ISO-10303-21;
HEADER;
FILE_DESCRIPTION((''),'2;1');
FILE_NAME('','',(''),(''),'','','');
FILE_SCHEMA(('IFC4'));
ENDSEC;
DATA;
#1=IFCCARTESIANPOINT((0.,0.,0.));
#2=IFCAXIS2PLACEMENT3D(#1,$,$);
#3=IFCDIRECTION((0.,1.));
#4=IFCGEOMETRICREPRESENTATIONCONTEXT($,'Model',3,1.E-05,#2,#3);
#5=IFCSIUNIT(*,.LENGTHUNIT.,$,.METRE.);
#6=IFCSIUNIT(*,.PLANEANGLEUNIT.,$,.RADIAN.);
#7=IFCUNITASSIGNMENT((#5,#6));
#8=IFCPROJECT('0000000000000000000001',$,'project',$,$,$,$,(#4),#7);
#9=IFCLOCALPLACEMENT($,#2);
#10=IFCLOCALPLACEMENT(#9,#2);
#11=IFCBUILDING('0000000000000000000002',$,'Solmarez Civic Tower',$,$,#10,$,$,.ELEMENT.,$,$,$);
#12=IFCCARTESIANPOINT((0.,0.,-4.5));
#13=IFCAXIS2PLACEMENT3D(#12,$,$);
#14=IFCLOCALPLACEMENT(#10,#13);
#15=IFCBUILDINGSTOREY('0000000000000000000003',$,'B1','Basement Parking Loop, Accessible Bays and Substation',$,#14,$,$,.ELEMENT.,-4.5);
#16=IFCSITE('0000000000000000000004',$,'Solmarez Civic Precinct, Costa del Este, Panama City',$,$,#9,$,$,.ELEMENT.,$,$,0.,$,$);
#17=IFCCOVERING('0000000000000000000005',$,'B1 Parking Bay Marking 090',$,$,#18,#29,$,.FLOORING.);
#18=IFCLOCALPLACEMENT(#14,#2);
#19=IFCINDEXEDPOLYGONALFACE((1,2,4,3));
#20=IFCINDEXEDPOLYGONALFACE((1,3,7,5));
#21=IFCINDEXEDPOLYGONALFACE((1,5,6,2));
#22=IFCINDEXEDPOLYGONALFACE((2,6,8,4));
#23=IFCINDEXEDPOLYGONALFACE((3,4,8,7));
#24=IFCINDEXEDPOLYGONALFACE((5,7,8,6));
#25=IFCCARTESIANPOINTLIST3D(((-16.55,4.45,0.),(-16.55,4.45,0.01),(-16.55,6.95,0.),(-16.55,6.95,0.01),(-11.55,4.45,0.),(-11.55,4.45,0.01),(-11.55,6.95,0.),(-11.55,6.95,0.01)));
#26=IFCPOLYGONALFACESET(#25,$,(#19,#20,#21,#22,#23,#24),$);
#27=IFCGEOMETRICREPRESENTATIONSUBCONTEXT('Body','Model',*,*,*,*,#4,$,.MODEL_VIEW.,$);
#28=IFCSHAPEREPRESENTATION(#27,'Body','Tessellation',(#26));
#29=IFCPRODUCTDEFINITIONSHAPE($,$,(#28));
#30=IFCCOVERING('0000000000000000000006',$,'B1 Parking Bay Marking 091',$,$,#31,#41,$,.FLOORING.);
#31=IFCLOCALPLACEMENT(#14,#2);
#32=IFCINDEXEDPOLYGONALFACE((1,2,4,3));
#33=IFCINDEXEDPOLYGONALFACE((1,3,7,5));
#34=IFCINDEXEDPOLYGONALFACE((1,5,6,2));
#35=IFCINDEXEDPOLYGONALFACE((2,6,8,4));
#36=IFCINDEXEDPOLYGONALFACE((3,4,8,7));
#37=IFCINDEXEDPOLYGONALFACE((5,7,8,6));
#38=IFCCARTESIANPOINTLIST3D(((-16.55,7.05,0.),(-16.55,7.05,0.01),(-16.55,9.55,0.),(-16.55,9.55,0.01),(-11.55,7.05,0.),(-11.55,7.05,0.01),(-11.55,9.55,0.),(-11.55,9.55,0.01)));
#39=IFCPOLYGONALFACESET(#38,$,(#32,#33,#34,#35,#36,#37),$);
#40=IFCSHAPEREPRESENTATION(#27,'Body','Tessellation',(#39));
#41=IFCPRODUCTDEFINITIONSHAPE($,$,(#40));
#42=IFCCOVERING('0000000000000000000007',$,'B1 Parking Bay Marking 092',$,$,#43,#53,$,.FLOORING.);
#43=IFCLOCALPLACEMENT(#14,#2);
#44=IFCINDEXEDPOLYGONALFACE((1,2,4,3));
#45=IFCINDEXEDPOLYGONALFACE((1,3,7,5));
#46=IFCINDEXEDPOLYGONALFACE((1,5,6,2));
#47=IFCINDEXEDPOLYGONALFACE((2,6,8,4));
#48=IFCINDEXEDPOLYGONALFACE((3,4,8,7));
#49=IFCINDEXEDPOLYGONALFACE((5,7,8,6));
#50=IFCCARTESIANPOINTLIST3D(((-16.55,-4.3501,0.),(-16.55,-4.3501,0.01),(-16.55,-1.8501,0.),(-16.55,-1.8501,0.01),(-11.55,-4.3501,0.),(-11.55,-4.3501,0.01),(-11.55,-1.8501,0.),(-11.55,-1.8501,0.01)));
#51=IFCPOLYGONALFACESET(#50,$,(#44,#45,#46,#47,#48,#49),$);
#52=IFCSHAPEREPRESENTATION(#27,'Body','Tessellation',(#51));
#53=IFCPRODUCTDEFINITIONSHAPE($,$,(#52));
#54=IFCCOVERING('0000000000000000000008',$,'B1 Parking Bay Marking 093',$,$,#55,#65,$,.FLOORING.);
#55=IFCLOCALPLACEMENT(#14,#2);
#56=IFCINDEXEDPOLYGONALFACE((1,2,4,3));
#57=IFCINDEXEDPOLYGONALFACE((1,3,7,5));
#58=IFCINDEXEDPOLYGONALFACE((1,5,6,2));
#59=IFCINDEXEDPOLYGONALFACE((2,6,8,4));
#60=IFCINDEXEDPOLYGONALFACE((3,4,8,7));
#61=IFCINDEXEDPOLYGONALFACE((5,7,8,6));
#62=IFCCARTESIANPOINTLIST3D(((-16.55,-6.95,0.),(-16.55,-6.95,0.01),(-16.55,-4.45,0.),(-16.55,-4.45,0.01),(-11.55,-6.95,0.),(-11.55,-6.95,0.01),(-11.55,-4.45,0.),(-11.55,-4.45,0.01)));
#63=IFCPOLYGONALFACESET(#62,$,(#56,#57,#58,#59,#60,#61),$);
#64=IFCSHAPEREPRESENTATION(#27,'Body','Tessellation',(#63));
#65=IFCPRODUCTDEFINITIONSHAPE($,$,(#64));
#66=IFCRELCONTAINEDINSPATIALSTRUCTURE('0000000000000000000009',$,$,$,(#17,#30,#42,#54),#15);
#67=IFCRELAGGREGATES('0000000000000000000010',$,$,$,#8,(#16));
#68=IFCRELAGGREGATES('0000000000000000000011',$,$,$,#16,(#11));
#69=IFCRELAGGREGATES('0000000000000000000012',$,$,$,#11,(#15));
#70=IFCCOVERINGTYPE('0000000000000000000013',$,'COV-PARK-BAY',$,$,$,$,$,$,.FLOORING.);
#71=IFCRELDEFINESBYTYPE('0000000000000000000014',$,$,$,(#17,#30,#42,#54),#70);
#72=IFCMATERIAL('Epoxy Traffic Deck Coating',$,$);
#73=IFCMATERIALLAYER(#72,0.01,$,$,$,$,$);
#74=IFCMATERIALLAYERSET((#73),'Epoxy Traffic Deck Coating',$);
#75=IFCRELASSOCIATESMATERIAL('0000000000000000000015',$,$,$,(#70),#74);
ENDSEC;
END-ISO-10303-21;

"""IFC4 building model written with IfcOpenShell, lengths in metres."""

from ifc_helpers import new_model, si_unit, direction, frame, origin, place, context, subcontext, project, spatial, polyline, outline, extrude, material, layer, layer_set, type_object, element, save


model = new_model("IFC4")

# Units and contexts
model_context = context("Model", 3, precision=1e-05, world=origin(), true_north=direction((0.0, 1.0)))
body_context = subcontext(model_context, "Body", "Model", "MODEL_VIEW")
ifc_project = project(units=[si_unit("LENGTHUNIT", "METRE"), si_unit("PLANEANGLEUNIT", "RADIAN")], contexts=[model_context])

# Site, building, storey
site_placement = place(None, origin())
site = spatial("IfcSite", under=ifc_project, at=site_placement, Name="Solmarez Civic Precinct, Costa del Este, Panama City", CompositionType="ELEMENT", RefElevation=0.0)
building_placement = place(site_placement, origin())
building = spatial("IfcBuilding", under=site, at=building_placement, Name="Solmarez Civic Tower", CompositionType="ELEMENT")
storey_placement = place(building_placement, frame((0.0, 0.0, -4.5)))
storey = spatial("IfcBuildingStorey", under=building, at=storey_placement, Name="B1", Description="Basement Parking Loop, Accessible Bays and Substation", CompositionType="ELEMENT", Elevation=-4.5)

# Coverings
ifc_material = material(Name="Epoxy Traffic Deck Coating")
ifc_layer = layer(ifc_material, 0.01)
ifc_layer_set = layer_set([ifc_layer], Name="Epoxy Traffic Deck Coating")
covering_type = type_object("IfcCoveringType", Name="COV-PARK-BAY", PredefinedType="FLOORING", material=ifc_layer_set)
covering_1_placement = place(storey_placement, origin())
element("IfcCovering", 1, at=covering_1_placement, inside=storey, type_object=covering_type, Name="B1 Parking Bay Marking 090", PredefinedType="FLOORING", context=body_context, shape_type="SweptSolid", body=[
    extrude(outline(polyline([(-16.55, 4.45), (-11.55, 4.45), (-11.55, 6.95), (-16.55, 6.95), (-16.55, 4.45)])), origin(), (0.0, 0.0, 1.0), 0.01),
])
covering_2_placement = place(storey_placement, origin())
element("IfcCovering", 2, at=covering_2_placement, inside=storey, type_object=covering_type, Name="B1 Parking Bay Marking 091", PredefinedType="FLOORING", context=body_context, shape_type="SweptSolid", body=[
    extrude(outline(polyline([(-16.55, 7.05), (-11.55, 7.05), (-11.55, 9.55), (-16.55, 9.55), (-16.55, 7.05)])), origin(), (0.0, 0.0, 1.0), 0.01),
])
covering_3_placement = place(storey_placement, origin())
element("IfcCovering", 3, at=covering_3_placement, inside=storey, type_object=covering_type, Name="B1 Parking Bay Marking 092", PredefinedType="FLOORING", context=body_context, shape_type="SweptSolid", body=[
    extrude(outline(polyline([(-16.55, -4.3501), (-11.55, -4.3501), (-11.55, -1.8501), (-16.55, -1.8501), (-16.55, -4.3501)])), origin(), (0.0, 0.0, 1.0), 0.01),
])
covering_4_placement = place(storey_placement, origin())
element("IfcCovering", 4, at=covering_4_placement, inside=storey, type_object=covering_type, Name="B1 Parking Bay Marking 093", PredefinedType="FLOORING", context=body_context, shape_type="SweptSolid", body=[
    extrude(outline(polyline([(-16.55, -6.95), (-11.55, -6.95), (-11.55, -4.45), (-16.55, -4.45), (-16.55, -6.95)])), origin(), (0.0, 0.0, 1.0), 0.01),
])

save(model, "model.ifc")
